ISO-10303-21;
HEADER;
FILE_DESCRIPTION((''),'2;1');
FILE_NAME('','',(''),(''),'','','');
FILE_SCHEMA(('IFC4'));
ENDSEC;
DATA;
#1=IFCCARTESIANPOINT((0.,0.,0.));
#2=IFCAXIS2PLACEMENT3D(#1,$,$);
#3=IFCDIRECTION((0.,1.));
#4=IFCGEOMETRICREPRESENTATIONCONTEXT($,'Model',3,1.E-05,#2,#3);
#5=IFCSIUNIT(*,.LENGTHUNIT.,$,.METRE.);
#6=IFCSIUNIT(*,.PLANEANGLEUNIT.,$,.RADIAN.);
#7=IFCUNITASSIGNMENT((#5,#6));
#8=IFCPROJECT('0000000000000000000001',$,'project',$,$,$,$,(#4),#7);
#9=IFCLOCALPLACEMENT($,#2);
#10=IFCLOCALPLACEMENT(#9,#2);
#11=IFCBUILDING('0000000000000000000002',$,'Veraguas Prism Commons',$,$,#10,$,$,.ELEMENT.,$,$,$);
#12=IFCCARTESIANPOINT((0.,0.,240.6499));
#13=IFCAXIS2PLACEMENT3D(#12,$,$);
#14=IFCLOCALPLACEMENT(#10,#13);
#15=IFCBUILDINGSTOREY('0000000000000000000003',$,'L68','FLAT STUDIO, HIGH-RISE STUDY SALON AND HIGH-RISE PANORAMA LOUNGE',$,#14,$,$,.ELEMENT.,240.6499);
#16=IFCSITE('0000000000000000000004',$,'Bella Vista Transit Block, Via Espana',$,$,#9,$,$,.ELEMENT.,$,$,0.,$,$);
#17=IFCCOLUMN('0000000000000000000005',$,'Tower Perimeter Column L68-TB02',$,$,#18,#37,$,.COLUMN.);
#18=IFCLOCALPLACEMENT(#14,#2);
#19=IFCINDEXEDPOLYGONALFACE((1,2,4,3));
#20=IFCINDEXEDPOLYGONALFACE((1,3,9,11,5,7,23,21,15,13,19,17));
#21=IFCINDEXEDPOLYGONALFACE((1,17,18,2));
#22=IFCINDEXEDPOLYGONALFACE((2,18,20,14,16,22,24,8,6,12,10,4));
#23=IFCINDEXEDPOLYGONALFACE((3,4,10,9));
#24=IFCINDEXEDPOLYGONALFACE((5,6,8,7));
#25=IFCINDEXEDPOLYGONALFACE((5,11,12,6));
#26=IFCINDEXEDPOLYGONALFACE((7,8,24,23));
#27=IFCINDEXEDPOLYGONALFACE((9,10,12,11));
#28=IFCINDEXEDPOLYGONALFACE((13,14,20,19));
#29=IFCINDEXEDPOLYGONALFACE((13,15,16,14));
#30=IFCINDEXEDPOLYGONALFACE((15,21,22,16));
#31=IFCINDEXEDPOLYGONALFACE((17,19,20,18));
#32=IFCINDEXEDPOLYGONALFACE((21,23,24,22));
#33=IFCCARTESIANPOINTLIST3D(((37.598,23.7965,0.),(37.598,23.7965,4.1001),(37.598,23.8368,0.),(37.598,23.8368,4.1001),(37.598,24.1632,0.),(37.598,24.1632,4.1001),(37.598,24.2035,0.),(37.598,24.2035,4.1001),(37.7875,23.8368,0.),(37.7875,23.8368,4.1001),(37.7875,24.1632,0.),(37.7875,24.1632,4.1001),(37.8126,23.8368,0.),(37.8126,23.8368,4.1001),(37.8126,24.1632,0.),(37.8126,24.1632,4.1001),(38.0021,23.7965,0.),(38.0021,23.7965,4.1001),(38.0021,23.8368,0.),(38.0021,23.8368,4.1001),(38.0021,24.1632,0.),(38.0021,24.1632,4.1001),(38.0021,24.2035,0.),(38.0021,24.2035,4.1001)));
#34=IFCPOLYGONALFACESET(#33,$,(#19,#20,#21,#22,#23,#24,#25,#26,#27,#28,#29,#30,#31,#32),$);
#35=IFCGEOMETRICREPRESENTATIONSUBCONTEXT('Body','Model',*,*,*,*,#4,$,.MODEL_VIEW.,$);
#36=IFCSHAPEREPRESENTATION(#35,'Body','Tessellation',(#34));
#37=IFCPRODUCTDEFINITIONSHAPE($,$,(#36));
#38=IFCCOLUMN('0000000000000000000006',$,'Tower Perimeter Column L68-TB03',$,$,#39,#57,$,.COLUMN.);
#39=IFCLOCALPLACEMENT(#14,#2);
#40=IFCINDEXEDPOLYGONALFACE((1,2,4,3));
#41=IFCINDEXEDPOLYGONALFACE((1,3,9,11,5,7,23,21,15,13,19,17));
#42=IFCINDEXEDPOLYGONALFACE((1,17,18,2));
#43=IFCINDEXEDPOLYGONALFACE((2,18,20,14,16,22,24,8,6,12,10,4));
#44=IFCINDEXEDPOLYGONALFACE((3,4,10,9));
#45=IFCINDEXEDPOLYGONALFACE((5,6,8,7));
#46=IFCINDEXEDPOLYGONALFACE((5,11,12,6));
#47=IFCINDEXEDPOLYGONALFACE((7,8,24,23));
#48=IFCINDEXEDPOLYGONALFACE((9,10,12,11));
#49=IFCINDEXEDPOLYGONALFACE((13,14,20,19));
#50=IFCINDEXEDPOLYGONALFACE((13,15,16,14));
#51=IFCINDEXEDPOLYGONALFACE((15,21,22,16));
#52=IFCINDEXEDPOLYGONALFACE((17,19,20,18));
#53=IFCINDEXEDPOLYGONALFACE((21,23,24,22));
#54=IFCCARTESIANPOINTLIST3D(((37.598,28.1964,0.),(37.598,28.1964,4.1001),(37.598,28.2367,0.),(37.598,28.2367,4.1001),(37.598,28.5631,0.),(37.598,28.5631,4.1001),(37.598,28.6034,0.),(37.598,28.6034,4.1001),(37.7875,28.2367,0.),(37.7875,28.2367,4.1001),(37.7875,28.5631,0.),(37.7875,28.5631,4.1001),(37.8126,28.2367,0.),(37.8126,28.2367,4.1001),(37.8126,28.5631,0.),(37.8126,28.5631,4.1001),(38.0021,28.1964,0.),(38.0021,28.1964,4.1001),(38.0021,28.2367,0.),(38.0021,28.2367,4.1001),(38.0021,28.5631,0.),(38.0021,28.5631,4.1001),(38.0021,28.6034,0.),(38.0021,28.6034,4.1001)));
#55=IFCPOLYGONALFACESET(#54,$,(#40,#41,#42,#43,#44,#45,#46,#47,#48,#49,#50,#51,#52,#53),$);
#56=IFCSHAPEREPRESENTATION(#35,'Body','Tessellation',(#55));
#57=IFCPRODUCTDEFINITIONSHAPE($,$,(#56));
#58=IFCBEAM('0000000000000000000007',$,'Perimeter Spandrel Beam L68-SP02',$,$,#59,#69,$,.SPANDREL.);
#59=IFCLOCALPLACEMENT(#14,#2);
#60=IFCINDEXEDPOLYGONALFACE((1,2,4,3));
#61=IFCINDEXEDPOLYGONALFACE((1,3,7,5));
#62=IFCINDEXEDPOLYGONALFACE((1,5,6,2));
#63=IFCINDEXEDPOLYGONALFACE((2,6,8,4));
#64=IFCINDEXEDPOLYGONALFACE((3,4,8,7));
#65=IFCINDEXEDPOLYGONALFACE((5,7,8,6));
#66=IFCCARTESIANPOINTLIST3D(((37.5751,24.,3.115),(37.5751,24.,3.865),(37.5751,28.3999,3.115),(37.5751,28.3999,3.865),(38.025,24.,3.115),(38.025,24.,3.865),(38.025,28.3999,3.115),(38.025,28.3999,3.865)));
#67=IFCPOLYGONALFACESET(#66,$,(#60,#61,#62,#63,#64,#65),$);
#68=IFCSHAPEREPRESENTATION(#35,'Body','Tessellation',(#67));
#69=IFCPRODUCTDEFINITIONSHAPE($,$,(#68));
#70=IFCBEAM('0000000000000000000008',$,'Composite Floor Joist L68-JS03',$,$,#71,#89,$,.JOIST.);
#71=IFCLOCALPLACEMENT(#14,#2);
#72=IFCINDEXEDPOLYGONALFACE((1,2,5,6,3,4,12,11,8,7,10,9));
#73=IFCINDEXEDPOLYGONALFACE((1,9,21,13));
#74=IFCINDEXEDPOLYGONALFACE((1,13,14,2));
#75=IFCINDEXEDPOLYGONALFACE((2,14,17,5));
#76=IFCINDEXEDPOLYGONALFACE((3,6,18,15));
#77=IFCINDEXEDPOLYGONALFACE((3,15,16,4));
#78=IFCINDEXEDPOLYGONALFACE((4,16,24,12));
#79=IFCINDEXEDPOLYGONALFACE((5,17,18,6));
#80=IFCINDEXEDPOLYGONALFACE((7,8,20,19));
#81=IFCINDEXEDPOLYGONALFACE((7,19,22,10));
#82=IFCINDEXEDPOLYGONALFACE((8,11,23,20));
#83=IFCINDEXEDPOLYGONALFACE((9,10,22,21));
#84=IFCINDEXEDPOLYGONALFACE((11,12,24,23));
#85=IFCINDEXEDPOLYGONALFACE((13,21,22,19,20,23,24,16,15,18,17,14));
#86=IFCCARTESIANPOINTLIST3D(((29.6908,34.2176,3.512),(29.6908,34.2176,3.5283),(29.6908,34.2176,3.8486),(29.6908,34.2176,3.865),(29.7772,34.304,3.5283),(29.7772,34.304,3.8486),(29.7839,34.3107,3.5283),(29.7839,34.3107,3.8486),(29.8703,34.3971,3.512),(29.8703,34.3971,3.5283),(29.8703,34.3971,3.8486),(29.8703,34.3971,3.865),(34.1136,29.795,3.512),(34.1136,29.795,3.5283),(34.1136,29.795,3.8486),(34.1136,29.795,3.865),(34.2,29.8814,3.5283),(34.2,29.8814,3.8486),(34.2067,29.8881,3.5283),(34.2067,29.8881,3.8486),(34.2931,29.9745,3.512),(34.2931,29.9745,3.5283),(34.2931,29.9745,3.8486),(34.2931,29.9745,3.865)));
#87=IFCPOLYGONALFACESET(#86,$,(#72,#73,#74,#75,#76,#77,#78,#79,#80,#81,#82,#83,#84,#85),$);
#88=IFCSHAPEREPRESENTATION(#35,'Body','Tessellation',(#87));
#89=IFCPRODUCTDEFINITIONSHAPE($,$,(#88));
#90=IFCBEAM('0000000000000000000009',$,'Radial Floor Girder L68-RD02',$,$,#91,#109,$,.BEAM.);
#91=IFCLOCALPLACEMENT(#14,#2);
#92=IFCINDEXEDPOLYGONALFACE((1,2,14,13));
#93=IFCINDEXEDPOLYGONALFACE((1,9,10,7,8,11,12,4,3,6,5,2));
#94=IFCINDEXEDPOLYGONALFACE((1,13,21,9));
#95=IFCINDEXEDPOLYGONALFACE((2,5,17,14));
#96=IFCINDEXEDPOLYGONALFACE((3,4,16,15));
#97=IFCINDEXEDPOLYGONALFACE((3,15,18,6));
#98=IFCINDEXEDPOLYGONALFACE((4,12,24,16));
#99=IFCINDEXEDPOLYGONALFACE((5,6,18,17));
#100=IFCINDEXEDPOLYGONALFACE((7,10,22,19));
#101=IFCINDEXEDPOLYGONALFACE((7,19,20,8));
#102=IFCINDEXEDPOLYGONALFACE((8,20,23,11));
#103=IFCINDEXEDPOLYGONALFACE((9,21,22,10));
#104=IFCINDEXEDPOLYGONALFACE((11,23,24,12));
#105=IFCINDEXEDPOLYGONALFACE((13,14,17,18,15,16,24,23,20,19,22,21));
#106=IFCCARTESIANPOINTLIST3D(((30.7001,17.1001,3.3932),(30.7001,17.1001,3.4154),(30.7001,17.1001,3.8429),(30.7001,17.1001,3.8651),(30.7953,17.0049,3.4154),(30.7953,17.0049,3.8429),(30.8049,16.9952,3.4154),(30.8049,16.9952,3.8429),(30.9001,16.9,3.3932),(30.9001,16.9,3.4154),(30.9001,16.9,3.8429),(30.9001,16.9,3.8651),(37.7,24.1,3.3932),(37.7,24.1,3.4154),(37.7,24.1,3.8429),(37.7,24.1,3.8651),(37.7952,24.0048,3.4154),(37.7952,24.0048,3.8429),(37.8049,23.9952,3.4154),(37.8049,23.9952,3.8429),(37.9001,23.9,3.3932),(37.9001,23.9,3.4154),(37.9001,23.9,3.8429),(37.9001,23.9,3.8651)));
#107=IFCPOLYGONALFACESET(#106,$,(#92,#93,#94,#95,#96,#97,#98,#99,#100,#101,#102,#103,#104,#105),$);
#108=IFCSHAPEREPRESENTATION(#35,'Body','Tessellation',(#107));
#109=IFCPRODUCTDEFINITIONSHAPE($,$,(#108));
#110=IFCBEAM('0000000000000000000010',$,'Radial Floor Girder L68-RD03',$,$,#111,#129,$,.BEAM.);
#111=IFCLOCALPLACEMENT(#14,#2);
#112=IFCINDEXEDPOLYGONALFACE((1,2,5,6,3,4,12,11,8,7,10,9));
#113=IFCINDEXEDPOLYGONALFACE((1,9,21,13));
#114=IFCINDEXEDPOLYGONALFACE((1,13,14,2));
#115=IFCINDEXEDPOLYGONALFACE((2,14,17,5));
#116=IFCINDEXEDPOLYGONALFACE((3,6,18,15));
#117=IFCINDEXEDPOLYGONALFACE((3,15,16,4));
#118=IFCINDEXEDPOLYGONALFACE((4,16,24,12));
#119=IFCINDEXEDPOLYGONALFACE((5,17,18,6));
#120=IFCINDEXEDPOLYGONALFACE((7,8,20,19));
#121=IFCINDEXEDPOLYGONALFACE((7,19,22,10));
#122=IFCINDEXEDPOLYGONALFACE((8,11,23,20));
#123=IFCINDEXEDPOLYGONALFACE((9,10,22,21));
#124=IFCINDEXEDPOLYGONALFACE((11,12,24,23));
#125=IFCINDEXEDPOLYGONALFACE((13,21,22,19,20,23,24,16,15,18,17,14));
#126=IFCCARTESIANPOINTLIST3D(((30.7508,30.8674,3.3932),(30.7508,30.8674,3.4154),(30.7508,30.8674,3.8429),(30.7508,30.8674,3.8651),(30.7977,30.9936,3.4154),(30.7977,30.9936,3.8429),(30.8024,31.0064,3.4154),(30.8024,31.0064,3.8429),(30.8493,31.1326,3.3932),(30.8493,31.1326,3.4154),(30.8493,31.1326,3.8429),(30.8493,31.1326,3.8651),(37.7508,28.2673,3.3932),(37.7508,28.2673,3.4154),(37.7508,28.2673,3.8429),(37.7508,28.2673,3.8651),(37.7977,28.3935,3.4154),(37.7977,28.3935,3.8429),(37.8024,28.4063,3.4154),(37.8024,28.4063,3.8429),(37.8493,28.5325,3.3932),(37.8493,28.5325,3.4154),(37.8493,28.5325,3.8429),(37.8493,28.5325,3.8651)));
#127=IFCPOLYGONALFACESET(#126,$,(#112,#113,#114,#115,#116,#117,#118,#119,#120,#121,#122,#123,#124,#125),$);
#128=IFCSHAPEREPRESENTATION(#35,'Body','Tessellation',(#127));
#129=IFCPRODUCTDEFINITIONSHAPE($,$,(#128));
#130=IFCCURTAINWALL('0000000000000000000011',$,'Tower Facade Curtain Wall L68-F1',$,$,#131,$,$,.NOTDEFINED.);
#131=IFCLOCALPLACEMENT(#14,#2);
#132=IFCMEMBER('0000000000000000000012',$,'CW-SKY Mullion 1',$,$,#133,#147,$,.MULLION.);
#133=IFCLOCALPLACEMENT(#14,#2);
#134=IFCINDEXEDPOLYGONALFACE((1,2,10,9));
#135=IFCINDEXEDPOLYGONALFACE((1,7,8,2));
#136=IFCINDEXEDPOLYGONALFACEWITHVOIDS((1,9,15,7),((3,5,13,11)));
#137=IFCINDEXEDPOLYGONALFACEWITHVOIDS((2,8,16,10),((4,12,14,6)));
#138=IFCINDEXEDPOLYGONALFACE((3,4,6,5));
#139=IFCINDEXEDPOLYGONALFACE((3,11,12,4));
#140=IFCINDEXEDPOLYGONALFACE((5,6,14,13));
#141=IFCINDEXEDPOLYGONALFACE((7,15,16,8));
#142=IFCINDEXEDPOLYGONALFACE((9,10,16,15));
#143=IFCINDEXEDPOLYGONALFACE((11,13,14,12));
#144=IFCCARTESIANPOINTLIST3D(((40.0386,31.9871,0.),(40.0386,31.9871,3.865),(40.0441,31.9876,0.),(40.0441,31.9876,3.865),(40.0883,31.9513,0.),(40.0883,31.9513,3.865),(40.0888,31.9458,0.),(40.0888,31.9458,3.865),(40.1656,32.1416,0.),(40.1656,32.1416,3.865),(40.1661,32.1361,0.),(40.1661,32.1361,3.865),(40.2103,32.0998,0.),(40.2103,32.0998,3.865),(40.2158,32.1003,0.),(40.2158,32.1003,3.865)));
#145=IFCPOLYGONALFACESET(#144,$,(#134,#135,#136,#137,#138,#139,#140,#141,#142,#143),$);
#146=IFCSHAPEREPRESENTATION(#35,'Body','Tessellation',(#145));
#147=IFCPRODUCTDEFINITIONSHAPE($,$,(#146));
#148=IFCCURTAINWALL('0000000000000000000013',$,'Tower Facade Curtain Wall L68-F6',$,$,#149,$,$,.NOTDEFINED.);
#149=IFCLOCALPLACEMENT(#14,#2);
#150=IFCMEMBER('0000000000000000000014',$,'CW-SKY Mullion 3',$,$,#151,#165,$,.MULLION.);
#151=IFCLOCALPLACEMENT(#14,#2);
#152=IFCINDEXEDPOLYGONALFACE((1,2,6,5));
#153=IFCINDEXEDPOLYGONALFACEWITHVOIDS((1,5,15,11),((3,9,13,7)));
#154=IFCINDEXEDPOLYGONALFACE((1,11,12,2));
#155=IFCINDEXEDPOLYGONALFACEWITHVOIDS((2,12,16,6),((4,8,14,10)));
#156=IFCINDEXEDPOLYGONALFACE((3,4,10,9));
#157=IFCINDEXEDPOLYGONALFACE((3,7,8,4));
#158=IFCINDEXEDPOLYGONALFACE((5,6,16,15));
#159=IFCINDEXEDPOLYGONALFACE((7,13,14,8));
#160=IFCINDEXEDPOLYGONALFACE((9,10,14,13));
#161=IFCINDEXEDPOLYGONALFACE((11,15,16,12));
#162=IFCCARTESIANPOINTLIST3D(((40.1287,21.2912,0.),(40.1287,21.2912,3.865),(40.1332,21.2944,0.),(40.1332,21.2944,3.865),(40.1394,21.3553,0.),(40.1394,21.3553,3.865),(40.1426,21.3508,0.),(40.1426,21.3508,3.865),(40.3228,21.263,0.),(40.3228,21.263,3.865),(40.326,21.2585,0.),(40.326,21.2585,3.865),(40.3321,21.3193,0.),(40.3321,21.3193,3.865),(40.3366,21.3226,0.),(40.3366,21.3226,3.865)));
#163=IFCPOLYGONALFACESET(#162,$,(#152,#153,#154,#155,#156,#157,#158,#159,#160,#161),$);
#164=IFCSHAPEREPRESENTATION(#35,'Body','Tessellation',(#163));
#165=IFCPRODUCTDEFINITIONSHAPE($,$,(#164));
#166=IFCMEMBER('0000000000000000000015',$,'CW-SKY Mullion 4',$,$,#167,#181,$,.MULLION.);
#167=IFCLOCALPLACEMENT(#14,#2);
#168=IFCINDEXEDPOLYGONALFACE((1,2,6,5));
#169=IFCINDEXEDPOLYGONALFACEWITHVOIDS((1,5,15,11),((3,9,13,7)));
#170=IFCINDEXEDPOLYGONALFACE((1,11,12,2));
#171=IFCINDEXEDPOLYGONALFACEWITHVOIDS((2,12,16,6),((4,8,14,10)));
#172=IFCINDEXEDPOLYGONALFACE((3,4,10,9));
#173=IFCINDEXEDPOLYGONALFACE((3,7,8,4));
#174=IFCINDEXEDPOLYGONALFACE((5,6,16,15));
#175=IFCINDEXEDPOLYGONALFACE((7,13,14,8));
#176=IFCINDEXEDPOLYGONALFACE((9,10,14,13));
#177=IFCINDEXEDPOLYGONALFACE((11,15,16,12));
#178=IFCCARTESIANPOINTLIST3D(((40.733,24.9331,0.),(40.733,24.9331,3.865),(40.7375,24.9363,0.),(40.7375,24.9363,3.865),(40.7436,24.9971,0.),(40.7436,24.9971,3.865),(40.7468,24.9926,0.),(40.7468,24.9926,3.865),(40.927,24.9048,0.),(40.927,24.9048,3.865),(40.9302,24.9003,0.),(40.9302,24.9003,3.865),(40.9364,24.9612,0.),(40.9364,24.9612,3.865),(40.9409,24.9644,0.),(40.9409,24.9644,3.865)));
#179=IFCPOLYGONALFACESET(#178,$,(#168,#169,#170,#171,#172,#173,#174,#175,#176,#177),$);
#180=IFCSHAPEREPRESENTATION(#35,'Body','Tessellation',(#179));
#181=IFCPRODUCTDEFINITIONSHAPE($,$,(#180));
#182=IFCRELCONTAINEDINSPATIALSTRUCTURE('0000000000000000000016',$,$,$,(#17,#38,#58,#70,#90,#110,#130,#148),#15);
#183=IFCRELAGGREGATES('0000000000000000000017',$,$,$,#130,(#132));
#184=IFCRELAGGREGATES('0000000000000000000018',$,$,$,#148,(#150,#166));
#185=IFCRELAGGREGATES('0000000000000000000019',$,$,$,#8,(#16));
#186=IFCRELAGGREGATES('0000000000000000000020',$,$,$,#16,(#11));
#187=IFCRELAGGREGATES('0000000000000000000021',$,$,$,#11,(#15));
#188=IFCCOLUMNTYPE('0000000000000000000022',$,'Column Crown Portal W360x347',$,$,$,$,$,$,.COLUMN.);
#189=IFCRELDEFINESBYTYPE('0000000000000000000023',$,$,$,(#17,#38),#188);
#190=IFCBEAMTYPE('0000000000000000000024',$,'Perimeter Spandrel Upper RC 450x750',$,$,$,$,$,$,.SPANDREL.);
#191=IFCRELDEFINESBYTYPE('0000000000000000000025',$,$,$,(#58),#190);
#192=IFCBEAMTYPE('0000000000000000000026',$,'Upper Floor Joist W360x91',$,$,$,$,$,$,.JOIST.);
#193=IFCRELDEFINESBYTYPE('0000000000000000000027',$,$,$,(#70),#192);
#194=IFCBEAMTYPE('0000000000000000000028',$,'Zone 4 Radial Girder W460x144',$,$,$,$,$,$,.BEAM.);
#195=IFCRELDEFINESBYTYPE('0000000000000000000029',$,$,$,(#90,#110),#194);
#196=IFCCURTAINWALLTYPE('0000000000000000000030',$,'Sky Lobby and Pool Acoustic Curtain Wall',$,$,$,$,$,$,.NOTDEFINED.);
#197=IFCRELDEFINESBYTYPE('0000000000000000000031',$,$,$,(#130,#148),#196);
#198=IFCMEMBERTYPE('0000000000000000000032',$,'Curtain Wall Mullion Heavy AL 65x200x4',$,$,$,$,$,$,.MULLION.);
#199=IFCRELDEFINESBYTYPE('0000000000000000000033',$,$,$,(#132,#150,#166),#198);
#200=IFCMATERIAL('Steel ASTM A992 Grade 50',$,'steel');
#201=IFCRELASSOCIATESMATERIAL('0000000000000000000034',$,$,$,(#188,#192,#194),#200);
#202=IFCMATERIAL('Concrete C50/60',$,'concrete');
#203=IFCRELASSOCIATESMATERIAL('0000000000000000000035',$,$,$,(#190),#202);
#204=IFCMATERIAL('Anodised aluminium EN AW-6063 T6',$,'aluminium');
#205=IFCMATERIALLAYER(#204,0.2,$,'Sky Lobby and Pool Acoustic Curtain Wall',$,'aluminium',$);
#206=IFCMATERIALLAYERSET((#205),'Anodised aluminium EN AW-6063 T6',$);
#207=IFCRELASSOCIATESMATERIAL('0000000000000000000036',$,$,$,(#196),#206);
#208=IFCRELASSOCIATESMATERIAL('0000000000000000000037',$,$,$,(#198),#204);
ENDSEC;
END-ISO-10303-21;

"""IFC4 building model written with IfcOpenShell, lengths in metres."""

from ifc_helpers import new_model, si_unit, direction, frame, origin, origin_2d, place, context, subcontext, project, spatial, rectangle, hollow_rectangle, i_section, extrude, source, transform, mapped, material, layer, layer_set, material_profile, profile_set, type_object, element, aggregate, save


model = new_model("IFC4")

# Units and contexts
model_context = context("Model", 3, precision=1e-05, world=origin(), true_north=direction((0.0, 1.0)))
body_context = subcontext(model_context, "Body", "Model", "MODEL_VIEW")
ifc_project = project(units=[si_unit("LENGTHUNIT", "METRE"), si_unit("PLANEANGLEUNIT", "RADIAN")], contexts=[model_context])

# Site, building, storey
site_placement = place(None, origin())
site = spatial("IfcSite", under=ifc_project, at=site_placement, Name="Bella Vista Transit Block, Via Espana", CompositionType="ELEMENT", RefElevation=0.0)
building_placement = place(site_placement, origin())
building = spatial("IfcBuilding", under=site, at=building_placement, Name="Veraguas Prism Commons", CompositionType="ELEMENT")
storey_placement = place(building_placement, frame((0.0, 0.0, 240.6499)))
storey = spatial("IfcBuildingStorey", under=building, at=storey_placement, Name="L68", Description="FLAT STUDIO, HIGH-RISE STUDY SALON AND HIGH-RISE PANORAMA LOUNGE", CompositionType="ELEMENT", Elevation=240.6499)

# Columns
ifc_material_1 = material(Name="Steel ASTM A992 Grade 50", Category="steel")
ifc_material_profile_1 = material_profile(ifc_material_1, i_section(OverallWidth=0.4041, OverallDepth=0.407, WebThickness=0.0251, FlangeThickness=0.0403, at=origin_2d()), Name="W360X347")
ifc_profile_set_1 = profile_set([ifc_material_profile_1], Name="Steel ASTM A992 Grade 50")
column_type = type_object("IfcColumnType", Name="Column Crown Portal W360x347", PredefinedType="COLUMN", material=ifc_profile_set_1)
for number, where, z_axis, x_axis, name in (
    (1, (37.8, 24.0, 0.0), (0.0, 0.0, 1.0), (1.0, 0.0, 0.0), "Tower Perimeter Column L68-TB02"),
    (2, (37.8, 28.3999, 0.0), (0.0, 0.0, 1.0), (1.0, 0.0, 0.0), "Tower Perimeter Column L68-TB03"),
):
    element("IfcColumn", number, at=place(storey_placement, frame(where, z_axis=z_axis, x_axis=x_axis)), inside=storey, type_object=column_type, Name=name, PredefinedType="COLUMN", context=body_context, shape_type="SweptSolid", body=[
        extrude(i_section(OverallWidth=0.4041, OverallDepth=0.407, WebThickness=0.0251, FlangeThickness=0.0403, at=origin_2d()), origin(), (0.0, 0.0, 1.0), 4.1001),
    ])

# Beams
ifc_material_2 = material(Name="Concrete C50/60", Category="concrete")
ifc_material_profile_2 = material_profile(ifc_material_2, rectangle(XDim=0.45, YDim=0.75, at=origin_2d()), Name="RC450X750")
ifc_profile_set_2 = profile_set([ifc_material_profile_2], Name="Concrete C50/60")
beam_type_1 = type_object("IfcBeamType", Name="Perimeter Spandrel Upper RC 450x750", PredefinedType="SPANDREL", material=ifc_profile_set_2)
beam_1_placement = place(storey_placement, frame((37.8, 24.0, 3.49), z_axis=(0.0, 1.0, 0.0), x_axis=(-1.0, 0.0, 0.0)))
element("IfcBeam", 3, at=beam_1_placement, inside=storey, type_object=beam_type_1, Name="Perimeter Spandrel Beam L68-SP02", PredefinedType="SPANDREL", context=body_context, shape_type="SweptSolid", body=[
    extrude(rectangle(XDim=0.45, YDim=0.75, at=origin_2d()), origin(), (0.0, 0.0, 1.0), 4.3999),
])
ifc_material_profile_3 = material_profile(ifc_material_1, i_section(OverallWidth=0.2539, OverallDepth=0.353, WebThickness=0.0095, FlangeThickness=0.0164, at=origin_2d()), Name="W360X91")
ifc_profile_set_3 = profile_set([ifc_material_profile_3], Name="Steel ASTM A992 Grade 50")
beam_type_2 = type_object("IfcBeamType", Name="Upper Floor Joist W360x91", PredefinedType="JOIST", material=ifc_profile_set_3)
beam_2_placement = place(storey_placement, frame((34.2034, 29.8848, 3.6885), z_axis=(-0.707126, 0.707087, 0.0), x_axis=(-0.707087, -0.707126, 0.0)))
element("IfcBeam", 4, at=beam_2_placement, inside=storey, type_object=beam_type_2, Name="Composite Floor Joist L68-JS03", PredefinedType="JOIST", context=body_context, shape_type="SweptSolid", body=[
    extrude(i_section(OverallWidth=0.2539, OverallDepth=0.353, WebThickness=0.0095, FlangeThickness=0.0164, at=origin_2d()), origin(), (0.0, 0.0, 1.0), 6.2546),
])
ifc_material_profile_4 = material_profile(ifc_material_1, i_section(OverallWidth=0.283, OverallDepth=0.4719, WebThickness=0.0137, FlangeThickness=0.0222, at=origin_2d()), Name="W460X144")
ifc_profile_set_4 = profile_set([ifc_material_profile_4], Name="Steel ASTM A992 Grade 50")
beam_type_3 = type_object("IfcBeamType", Name="Zone 4 Radial Girder W460x144", PredefinedType="BEAM", material=ifc_profile_set_4)
beam_3_placement = place(storey_placement, frame((37.8, 24.0, 3.6292), z_axis=(-0.707107, -0.707107, 0.0), x_axis=(0.707107, -0.707107, 0.0)))
element("IfcBeam", 5, at=beam_3_placement, inside=storey, type_object=beam_type_3, Name="Radial Floor Girder L68-RD02", PredefinedType="BEAM", context=body_context, shape_type="SweptSolid", body=[
    extrude(i_section(OverallWidth=0.283, OverallDepth=0.4719, WebThickness=0.0137, FlangeThickness=0.0222, at=origin_2d()), origin(), (0.0, 0.0, 1.0), 9.8994),
])
beam_4_placement = place(storey_placement, frame((37.8, 28.3999, 3.6292), z_axis=(-0.937421, 0.348198, 0.0), x_axis=(-0.348198, -0.937421, 0.0)))
element("IfcBeam", 6, at=beam_4_placement, inside=storey, type_object=beam_type_3, Name="Radial Floor Girder L68-RD03", PredefinedType="BEAM", context=body_context, shape_type="SweptSolid", body=[
    extrude(i_section(OverallWidth=0.283, OverallDepth=0.4719, WebThickness=0.0137, FlangeThickness=0.0222, at=origin_2d()), origin(), (0.0, 0.0, 1.0), 7.4673),
])

# Curtain wall, member
ifc_material_3 = material(Name="Anodised aluminium EN AW-6063 T6", Category="aluminium")
ifc_layer_1 = layer(ifc_material_3, 0.2, Name="Sky Lobby and Pool Acoustic Curtain Wall", Category="aluminium")
ifc_layer_set_1 = layer_set([ifc_layer_1], Name="Anodised aluminium EN AW-6063 T6")
curtain_wall_type = type_object("IfcCurtainWallType", Name="Sky Lobby and Pool Acoustic Curtain Wall", PredefinedType="NOTDEFINED", material=ifc_layer_set_1)
curtain_wall_1_placement = place(storey_placement, origin())
curtain_wall_1 = element("IfcCurtainWall", 7, at=curtain_wall_1_placement, inside=storey, type_object=curtain_wall_type, Name="Tower Facade Curtain Wall L68-F1", PredefinedType="NOTDEFINED")
ifc_material_profile_5 = material_profile(ifc_material_3, hollow_rectangle(XDim=0.0649, YDim=0.2, WallThickness=0.0039, at=origin_2d()), Name="AL65X200X4")
ifc_profile_set_5 = profile_set([ifc_material_profile_5], Name="Anodised aluminium EN AW-6063 T6")
member_type = type_object("IfcMemberType", Name="Curtain Wall Mullion Heavy AL 65x200x4", PredefinedType="MULLION", material=ifc_profile_set_5)
shared_shape_1 = source(origin(), body_context, "Body", "SweptSolid", [
    extrude(hollow_rectangle(XDim=0.0649, YDim=0.2, WallThickness=0.0039, at=origin_2d()), origin(), (0.0, 0.0, 1.0), 3.865),
])
member_1_placement = place(storey_placement, frame((40.1272, 32.0437, 0.0), z_axis=(0.0, 0.0, 1.0), x_axis=(-0.772514, 0.634998, 0.0)))
member_1 = element("IfcMember", 8, at=member_1_placement, type_object=member_type, Name="CW-SKY Mullion 1", PredefinedType="MULLION", context=body_context, shape_type="MappedRepresentation", body=[
    mapped(shared_shape_1, transform((0.0, 0.0, 0.0), scale=1.0)),
])
aggregate(curtain_wall_1, [member_1])

# Curtain wall, members
curtain_wall_2_placement = place(storey_placement, origin())
curtain_wall_2 = element("IfcCurtainWall", 9, at=curtain_wall_2_placement, inside=storey, type_object=curtain_wall_type, Name="Tower Facade Curtain Wall L68-F6", PredefinedType="NOTDEFINED")
member_2_placement = place(storey_placement, frame((40.2327, 21.3069, 0.0), z_axis=(0.0, 0.0, 1.0), x_axis=(0.16367, 0.986515, 0.0)))
member_2 = element("IfcMember", 10, at=member_2_placement, type_object=member_type, Name="CW-SKY Mullion 3", PredefinedType="MULLION", context=body_context, shape_type="MappedRepresentation", body=[
    mapped(shared_shape_1, transform((0.0, 0.0, 0.0), scale=1.0)),
])
member_3_placement = place(storey_placement, frame((40.8369, 24.9487, 0.0), z_axis=(0.0, 0.0, 1.0), x_axis=(0.16367, 0.986515, 0.0)))
member_3 = element("IfcMember", 11, at=member_3_placement, type_object=member_type, Name="CW-SKY Mullion 4", PredefinedType="MULLION", context=body_context, shape_type="MappedRepresentation", body=[
    mapped(shared_shape_1, transform((0.0, 0.0, 0.0), scale=1.0)),
])
aggregate(curtain_wall_2, [member_2, member_3])

save(model, "model.ifc")
